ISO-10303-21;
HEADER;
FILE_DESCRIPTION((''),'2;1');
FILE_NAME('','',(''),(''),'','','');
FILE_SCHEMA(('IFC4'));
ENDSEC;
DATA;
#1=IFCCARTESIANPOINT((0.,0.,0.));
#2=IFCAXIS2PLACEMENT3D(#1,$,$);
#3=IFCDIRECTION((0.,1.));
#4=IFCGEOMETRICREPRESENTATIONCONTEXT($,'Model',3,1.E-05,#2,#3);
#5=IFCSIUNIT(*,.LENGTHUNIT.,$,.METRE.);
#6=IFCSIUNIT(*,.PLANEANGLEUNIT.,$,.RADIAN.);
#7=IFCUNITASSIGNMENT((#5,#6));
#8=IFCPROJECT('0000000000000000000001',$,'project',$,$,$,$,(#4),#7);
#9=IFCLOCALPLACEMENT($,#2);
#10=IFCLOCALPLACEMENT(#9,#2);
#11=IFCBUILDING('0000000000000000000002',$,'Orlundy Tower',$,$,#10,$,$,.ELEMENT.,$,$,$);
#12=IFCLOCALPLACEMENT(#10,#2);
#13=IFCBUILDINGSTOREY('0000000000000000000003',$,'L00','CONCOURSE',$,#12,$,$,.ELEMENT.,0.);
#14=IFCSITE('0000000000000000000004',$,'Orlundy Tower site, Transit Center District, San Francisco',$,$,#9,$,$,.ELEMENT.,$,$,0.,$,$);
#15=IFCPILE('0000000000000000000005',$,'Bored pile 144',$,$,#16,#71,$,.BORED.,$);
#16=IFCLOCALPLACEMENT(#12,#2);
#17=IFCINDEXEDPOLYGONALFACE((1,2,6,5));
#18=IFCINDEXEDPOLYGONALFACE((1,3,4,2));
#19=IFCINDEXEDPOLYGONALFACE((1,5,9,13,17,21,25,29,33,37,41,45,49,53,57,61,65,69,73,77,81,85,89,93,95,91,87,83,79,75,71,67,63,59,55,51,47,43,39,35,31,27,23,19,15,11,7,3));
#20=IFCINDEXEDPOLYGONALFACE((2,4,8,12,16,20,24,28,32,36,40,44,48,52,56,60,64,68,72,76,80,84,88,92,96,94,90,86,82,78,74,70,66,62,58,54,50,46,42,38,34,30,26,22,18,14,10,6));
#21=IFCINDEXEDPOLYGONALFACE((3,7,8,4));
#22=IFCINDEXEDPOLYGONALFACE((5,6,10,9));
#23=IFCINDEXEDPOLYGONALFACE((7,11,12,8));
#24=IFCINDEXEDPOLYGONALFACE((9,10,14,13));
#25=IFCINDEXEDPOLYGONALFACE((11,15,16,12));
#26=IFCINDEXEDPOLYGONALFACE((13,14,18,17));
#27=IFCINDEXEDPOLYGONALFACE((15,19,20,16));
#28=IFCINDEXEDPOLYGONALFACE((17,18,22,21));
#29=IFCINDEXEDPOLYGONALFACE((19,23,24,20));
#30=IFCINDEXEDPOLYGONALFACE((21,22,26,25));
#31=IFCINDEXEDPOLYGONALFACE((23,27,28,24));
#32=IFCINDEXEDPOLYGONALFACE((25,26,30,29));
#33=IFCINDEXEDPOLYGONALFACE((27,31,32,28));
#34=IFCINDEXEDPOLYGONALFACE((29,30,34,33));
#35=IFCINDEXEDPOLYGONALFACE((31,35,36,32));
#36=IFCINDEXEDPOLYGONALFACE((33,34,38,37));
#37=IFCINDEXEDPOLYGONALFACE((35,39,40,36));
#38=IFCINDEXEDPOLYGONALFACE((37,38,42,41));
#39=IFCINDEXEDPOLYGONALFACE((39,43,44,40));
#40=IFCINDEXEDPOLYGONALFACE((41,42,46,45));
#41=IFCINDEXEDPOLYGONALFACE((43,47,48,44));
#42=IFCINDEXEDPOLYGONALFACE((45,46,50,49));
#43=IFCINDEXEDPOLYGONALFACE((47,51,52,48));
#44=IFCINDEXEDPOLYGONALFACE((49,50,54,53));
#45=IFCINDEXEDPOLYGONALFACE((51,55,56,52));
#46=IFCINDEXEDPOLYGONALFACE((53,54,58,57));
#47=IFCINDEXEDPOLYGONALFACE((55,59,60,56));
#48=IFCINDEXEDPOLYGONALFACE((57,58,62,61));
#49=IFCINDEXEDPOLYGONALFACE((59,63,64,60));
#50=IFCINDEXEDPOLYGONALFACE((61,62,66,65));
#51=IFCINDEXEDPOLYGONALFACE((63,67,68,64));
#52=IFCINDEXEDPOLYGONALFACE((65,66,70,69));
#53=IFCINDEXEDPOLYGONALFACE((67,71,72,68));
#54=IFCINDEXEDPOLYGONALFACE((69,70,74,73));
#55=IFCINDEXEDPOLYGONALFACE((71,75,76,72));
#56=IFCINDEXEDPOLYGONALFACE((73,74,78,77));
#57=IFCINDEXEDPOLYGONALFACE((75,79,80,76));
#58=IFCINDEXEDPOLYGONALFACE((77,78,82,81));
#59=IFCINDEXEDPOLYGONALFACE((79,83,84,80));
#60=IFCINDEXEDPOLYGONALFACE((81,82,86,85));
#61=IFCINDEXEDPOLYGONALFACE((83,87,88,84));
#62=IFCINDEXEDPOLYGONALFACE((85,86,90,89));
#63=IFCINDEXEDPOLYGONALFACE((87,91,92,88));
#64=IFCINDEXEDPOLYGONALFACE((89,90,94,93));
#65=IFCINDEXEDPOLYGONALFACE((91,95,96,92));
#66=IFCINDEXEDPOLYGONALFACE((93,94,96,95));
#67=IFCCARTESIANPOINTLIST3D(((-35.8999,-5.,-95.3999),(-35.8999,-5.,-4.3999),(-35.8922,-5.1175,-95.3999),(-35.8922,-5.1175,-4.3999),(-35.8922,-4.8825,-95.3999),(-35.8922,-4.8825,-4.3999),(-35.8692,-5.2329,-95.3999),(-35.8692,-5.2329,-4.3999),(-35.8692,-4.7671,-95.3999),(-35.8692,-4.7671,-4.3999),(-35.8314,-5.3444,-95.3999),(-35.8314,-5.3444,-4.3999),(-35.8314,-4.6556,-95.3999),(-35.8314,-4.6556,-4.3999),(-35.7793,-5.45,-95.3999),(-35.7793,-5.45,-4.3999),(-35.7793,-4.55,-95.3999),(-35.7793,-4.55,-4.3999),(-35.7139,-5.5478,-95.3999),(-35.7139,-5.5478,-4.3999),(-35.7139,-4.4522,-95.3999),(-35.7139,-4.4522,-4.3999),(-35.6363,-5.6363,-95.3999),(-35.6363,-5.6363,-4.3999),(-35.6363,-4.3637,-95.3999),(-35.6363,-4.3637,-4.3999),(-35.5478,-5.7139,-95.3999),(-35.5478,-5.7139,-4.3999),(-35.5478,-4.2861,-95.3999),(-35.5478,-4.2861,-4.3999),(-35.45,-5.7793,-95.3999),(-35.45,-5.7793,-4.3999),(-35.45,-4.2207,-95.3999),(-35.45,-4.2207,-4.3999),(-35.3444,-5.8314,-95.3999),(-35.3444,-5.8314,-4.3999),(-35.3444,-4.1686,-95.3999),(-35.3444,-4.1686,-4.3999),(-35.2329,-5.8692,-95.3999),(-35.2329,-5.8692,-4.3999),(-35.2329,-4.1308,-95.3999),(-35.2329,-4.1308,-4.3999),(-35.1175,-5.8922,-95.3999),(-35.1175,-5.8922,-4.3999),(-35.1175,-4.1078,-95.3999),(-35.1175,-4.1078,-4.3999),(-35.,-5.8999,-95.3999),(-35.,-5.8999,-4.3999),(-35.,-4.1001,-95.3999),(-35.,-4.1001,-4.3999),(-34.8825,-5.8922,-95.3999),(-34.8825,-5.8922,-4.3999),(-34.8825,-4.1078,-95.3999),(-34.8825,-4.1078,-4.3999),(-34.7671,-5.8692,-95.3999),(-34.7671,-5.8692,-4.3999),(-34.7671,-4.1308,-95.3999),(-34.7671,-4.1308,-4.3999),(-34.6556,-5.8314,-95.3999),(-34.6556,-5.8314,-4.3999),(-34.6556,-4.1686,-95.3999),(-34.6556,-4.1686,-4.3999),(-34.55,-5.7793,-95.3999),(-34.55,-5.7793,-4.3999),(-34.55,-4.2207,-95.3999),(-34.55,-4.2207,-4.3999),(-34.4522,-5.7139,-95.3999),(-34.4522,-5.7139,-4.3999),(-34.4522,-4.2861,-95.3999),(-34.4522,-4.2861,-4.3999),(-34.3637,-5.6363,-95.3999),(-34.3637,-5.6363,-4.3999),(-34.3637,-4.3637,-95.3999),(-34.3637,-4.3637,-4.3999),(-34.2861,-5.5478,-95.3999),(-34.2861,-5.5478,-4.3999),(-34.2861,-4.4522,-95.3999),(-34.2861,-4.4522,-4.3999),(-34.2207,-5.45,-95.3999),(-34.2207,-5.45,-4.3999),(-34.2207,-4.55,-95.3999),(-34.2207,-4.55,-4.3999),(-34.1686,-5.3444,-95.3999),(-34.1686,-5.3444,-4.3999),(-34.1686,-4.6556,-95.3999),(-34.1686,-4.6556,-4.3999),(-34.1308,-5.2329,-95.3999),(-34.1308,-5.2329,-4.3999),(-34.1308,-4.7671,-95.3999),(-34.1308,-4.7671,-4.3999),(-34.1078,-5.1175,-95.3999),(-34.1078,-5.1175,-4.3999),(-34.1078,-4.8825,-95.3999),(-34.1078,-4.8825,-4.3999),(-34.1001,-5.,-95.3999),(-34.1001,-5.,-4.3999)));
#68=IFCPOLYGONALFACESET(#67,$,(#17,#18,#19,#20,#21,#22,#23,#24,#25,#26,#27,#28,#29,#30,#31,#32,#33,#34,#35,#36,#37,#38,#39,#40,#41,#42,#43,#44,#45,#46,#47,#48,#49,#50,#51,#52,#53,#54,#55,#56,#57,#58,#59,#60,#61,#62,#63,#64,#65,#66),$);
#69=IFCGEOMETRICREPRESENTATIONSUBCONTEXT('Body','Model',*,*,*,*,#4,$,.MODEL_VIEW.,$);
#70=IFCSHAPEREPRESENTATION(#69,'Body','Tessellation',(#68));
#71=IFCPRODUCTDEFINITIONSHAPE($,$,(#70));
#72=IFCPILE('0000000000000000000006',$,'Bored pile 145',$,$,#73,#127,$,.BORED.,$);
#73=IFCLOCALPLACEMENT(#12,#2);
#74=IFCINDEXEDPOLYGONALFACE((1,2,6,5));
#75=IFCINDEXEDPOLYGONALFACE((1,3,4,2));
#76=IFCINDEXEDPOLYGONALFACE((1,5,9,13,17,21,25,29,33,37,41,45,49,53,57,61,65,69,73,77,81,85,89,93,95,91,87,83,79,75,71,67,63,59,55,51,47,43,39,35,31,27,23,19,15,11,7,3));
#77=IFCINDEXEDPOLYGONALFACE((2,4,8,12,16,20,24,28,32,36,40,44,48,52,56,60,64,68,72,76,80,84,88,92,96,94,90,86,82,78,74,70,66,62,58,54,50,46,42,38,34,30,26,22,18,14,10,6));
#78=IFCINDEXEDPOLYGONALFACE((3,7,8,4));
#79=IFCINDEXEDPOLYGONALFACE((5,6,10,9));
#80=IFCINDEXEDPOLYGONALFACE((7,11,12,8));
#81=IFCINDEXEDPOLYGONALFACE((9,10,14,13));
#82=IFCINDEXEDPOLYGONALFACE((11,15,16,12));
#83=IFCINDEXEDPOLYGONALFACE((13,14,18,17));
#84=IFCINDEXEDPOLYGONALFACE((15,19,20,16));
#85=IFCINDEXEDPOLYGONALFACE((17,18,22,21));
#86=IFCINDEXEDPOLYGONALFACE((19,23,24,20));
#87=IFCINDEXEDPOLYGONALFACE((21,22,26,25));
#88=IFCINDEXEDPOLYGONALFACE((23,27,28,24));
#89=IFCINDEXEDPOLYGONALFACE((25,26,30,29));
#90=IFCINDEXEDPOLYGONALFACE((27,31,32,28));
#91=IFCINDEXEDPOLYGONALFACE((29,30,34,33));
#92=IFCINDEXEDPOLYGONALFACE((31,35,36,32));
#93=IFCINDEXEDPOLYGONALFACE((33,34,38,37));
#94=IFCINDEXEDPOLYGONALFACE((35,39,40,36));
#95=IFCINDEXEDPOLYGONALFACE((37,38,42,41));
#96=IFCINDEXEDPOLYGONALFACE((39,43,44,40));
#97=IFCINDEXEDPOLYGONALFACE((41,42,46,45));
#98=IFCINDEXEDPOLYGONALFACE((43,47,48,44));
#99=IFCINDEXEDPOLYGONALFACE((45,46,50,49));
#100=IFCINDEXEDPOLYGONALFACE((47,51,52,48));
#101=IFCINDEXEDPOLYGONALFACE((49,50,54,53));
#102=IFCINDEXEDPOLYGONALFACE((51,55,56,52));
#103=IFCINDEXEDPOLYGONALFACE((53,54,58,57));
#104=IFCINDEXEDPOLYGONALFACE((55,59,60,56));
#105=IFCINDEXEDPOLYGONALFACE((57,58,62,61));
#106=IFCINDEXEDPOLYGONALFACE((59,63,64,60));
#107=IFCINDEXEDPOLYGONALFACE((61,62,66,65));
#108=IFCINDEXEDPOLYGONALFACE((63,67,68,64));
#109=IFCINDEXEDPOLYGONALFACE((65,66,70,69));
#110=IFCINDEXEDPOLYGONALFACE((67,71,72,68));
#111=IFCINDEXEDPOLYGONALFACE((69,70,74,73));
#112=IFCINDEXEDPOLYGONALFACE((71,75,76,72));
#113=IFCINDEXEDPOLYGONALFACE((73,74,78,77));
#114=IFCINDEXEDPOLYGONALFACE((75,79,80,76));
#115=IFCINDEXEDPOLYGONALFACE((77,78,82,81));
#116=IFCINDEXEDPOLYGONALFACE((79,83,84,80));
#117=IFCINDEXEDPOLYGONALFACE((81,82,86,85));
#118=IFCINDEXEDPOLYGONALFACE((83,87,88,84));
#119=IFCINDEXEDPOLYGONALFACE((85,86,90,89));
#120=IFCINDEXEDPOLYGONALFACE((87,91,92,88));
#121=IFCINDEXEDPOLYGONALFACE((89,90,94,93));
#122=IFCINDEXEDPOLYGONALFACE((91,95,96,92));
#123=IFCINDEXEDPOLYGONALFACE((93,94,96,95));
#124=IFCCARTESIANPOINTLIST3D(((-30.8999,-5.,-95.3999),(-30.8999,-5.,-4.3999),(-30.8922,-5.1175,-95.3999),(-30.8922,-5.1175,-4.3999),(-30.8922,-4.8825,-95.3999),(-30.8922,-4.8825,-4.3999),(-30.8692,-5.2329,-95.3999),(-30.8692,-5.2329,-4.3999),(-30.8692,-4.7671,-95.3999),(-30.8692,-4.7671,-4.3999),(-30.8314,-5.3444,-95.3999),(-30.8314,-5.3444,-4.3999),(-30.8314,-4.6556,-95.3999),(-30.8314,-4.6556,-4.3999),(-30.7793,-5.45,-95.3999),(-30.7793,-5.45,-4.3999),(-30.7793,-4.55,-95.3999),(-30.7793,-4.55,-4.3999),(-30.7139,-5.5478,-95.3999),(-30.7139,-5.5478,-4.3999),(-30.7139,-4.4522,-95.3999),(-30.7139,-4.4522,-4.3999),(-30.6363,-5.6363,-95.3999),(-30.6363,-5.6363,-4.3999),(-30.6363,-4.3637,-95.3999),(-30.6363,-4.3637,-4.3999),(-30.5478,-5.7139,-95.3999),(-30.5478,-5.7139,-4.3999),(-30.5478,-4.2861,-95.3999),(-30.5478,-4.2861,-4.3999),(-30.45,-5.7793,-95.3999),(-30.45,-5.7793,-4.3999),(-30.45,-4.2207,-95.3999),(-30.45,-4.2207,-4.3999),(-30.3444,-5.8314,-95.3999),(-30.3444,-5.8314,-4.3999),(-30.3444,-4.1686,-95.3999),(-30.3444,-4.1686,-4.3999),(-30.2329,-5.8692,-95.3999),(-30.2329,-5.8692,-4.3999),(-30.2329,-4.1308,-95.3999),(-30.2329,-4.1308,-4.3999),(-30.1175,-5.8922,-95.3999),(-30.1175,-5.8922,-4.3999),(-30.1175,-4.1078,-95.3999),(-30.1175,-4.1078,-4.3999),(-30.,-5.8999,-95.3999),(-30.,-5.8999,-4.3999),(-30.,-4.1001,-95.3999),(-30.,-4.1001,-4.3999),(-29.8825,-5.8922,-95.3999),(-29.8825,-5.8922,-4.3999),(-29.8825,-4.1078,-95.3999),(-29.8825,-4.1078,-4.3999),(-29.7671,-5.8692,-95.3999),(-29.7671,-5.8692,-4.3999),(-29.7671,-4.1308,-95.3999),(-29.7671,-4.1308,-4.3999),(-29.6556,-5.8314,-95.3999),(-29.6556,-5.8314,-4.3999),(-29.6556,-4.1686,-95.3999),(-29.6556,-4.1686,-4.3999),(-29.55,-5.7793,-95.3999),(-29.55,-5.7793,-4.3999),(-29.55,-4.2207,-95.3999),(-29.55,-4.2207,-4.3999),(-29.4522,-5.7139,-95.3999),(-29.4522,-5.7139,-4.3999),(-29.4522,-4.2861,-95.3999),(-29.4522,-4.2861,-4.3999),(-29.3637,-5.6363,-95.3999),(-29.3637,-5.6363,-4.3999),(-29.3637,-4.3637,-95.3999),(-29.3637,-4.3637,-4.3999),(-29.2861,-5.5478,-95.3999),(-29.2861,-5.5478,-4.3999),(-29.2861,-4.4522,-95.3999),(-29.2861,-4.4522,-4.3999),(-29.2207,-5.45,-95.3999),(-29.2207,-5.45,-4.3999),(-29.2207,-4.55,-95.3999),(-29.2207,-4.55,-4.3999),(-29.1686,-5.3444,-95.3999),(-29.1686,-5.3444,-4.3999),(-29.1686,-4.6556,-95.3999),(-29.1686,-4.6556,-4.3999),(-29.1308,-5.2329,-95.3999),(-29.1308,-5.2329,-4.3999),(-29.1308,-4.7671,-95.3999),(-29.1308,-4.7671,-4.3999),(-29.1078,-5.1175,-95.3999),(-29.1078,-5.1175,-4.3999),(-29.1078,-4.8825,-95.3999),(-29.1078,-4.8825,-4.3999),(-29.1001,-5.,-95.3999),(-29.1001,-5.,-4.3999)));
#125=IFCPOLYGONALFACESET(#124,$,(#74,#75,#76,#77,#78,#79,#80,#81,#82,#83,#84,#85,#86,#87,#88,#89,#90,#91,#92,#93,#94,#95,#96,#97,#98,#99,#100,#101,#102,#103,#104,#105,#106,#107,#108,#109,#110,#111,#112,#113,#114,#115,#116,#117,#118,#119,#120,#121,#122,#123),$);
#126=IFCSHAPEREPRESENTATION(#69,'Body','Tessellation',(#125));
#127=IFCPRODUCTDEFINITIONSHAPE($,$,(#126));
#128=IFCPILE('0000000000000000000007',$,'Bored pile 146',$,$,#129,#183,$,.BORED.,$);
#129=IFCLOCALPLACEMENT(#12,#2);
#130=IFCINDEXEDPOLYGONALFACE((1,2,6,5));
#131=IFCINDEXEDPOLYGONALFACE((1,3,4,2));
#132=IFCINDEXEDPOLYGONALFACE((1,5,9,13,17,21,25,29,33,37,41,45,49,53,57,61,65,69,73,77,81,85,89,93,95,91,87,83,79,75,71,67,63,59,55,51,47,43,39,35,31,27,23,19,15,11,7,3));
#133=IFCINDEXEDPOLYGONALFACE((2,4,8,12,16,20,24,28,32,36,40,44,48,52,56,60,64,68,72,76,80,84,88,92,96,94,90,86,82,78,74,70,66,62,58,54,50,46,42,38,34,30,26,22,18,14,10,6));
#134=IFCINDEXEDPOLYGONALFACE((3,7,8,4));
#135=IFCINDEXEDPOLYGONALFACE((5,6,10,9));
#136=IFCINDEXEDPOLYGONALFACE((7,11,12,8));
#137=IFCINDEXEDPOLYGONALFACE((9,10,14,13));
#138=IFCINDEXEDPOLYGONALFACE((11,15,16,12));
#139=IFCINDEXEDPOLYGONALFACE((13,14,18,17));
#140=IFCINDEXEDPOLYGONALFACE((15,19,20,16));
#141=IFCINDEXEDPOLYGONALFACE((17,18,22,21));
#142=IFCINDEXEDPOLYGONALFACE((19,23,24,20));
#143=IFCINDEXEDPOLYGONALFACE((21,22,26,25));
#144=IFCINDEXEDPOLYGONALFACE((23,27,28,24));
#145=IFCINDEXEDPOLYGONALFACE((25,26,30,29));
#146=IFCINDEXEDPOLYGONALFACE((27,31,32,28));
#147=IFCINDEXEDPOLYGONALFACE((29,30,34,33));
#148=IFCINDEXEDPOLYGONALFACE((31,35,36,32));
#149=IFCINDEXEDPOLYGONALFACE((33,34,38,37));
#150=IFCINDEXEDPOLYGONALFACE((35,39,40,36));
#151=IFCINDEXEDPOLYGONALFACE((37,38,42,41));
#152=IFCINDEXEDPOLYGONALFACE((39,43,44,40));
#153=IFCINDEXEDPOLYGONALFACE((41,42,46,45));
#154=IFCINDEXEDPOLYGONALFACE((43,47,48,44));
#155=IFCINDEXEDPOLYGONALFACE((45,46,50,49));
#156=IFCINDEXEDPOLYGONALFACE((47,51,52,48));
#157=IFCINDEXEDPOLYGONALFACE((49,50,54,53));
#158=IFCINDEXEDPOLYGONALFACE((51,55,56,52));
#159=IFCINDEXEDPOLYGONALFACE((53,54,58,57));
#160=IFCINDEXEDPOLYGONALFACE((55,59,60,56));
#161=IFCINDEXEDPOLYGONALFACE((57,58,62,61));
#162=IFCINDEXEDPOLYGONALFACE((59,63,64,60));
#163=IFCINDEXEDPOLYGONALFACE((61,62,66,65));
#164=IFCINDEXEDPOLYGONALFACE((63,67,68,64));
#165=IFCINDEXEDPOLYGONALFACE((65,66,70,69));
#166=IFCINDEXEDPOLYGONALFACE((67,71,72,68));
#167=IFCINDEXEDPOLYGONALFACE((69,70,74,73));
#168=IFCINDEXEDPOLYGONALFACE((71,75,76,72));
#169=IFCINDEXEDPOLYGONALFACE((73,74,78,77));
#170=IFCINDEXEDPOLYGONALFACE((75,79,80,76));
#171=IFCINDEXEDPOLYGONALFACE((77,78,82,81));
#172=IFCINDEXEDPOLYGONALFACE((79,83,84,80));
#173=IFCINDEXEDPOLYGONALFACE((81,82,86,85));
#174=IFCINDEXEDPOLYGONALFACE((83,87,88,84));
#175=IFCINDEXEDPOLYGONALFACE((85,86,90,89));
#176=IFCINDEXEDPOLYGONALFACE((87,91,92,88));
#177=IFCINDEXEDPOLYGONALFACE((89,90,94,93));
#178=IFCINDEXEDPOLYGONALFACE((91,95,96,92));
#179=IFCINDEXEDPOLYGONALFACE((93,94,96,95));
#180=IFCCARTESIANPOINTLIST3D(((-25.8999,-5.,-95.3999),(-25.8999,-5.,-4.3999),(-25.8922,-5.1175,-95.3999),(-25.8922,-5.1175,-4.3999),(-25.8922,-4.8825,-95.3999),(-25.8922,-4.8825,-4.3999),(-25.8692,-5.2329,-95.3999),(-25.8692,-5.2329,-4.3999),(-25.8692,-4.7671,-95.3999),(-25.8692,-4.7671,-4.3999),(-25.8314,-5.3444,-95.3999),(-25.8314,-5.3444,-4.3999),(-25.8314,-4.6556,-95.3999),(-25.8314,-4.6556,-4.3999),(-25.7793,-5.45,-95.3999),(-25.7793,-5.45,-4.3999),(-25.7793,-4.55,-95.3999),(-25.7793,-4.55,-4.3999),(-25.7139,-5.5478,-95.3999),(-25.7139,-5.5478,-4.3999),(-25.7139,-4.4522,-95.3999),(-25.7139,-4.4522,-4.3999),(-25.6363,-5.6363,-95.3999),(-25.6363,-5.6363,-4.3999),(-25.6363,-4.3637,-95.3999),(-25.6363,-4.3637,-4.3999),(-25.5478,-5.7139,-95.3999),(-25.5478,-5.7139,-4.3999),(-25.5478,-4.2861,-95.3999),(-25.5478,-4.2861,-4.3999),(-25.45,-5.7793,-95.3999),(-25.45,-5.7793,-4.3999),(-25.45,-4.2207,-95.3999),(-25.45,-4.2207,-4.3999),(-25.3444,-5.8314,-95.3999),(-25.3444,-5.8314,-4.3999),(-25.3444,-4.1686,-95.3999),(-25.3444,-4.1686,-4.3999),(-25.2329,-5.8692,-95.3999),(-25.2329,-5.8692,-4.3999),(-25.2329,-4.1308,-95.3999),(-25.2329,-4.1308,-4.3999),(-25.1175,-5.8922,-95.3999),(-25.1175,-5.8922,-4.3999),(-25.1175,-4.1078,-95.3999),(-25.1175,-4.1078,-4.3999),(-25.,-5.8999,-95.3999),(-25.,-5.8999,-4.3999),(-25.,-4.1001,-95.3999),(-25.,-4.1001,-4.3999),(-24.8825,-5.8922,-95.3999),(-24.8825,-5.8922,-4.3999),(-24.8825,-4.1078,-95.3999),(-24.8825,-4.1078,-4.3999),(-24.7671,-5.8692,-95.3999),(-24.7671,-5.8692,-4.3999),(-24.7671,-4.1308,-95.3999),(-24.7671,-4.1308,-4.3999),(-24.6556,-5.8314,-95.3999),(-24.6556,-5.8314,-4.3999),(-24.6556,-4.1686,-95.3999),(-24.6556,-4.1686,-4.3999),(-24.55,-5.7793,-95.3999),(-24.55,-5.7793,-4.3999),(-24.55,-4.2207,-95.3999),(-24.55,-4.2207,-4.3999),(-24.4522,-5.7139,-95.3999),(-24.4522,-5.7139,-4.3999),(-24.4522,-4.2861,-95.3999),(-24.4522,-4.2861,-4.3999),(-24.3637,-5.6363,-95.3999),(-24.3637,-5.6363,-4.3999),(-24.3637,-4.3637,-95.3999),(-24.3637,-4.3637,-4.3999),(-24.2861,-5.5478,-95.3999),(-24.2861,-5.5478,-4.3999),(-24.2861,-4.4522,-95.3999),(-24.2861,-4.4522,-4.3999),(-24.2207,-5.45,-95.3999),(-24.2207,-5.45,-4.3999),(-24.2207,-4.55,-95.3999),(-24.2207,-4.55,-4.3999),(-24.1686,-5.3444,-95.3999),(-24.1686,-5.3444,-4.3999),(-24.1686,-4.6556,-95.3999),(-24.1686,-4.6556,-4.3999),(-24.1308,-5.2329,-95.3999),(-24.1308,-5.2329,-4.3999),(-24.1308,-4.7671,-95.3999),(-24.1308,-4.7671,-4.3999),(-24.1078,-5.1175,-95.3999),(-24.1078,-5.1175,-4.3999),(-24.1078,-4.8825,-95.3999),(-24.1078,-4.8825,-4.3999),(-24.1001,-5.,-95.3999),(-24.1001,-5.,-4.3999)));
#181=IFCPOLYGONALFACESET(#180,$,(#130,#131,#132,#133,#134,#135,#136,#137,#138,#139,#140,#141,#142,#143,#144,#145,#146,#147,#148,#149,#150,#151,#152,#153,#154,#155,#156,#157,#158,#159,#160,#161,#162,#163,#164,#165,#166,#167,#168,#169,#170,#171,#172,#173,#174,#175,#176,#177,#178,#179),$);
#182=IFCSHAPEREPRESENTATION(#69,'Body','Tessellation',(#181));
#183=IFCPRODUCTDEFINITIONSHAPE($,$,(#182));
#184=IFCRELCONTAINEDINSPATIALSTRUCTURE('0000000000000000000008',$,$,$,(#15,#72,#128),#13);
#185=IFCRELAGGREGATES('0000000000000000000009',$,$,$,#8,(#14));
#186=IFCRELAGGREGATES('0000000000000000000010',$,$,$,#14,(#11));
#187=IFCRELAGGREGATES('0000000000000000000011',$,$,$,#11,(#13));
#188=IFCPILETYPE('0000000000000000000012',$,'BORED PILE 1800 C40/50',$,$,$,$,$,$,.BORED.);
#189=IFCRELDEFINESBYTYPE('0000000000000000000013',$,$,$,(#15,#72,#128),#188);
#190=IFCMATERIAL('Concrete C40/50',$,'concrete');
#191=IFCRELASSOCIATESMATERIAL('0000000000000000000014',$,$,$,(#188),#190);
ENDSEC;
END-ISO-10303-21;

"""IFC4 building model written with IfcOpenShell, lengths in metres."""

from ifc_helpers import new_model, si_unit, direction, frame, origin, origin_2d, place, context, subcontext, project, spatial, circle, extrude, material, material_profile, profile_set, type_object, element, save


model = new_model("IFC4")

# Units and contexts
model_context = context("Model", 3, precision=1e-05, world=origin(), true_north=direction((0.0, 1.0)))
body_context = subcontext(model_context, "Body", "Model", "MODEL_VIEW")
ifc_project = project(units=[si_unit("LENGTHUNIT", "METRE"), si_unit("PLANEANGLEUNIT", "RADIAN")], contexts=[model_context])

# Site, building, storey
site_placement = place(None, origin())
site = spatial("IfcSite", under=ifc_project, at=site_placement, Name="Orlundy Tower site, Transit Center District, San Francisco", CompositionType="ELEMENT", RefElevation=0.0)
building_placement = place(site_placement, origin())
building = spatial("IfcBuilding", under=site, at=building_placement, Name="Orlundy Tower", CompositionType="ELEMENT")
storey_placement = place(building_placement, origin())
storey = spatial("IfcBuildingStorey", under=building, at=storey_placement, Name="L00", Description="CONCOURSE", CompositionType="ELEMENT", Elevation=0.0)

# Piles
ifc_material_1 = material(Name="Concrete C40/50", Category="concrete")
ifc_material_profile_1 = material_profile(ifc_material_1, circle(Radius=0.8999, at=origin_2d()), Name="BP1800")
ifc_profile_set_1 = profile_set([ifc_material_profile_1], Name="Concrete C40/50")
pile_type = type_object("IfcPileType", Name="BORED PILE 1800 C40/50", PredefinedType="BORED", material=ifc_profile_set_1)
for number, where, z_axis, x_axis, name in (
    (1, (-35.0, -5.0, -4.3999), (0.0, 0.0, -1.0), (1.0, 0.0, 0.0), "Bored pile 144"),
    (2, (-30.0, -5.0, -4.3999), (0.0, 0.0, -1.0), (1.0, 0.0, 0.0), "Bored pile 145"),
    (3, (-25.0, -5.0, -4.3999), (0.0, 0.0, -1.0), (1.0, 0.0, 0.0), "Bored pile 146"),
):
    element("IfcPile", number, at=place(storey_placement, frame(where, z_axis=z_axis, x_axis=x_axis)), inside=storey, type_object=pile_type, Name=name, PredefinedType="BORED", context=body_context, shape_type="SweptSolid", body=[
        extrude(circle(Radius=0.8999, at=origin_2d()), origin(), (0.0, 0.0, 1.0), 91.0),
    ])

save(model, "model.ifc")
